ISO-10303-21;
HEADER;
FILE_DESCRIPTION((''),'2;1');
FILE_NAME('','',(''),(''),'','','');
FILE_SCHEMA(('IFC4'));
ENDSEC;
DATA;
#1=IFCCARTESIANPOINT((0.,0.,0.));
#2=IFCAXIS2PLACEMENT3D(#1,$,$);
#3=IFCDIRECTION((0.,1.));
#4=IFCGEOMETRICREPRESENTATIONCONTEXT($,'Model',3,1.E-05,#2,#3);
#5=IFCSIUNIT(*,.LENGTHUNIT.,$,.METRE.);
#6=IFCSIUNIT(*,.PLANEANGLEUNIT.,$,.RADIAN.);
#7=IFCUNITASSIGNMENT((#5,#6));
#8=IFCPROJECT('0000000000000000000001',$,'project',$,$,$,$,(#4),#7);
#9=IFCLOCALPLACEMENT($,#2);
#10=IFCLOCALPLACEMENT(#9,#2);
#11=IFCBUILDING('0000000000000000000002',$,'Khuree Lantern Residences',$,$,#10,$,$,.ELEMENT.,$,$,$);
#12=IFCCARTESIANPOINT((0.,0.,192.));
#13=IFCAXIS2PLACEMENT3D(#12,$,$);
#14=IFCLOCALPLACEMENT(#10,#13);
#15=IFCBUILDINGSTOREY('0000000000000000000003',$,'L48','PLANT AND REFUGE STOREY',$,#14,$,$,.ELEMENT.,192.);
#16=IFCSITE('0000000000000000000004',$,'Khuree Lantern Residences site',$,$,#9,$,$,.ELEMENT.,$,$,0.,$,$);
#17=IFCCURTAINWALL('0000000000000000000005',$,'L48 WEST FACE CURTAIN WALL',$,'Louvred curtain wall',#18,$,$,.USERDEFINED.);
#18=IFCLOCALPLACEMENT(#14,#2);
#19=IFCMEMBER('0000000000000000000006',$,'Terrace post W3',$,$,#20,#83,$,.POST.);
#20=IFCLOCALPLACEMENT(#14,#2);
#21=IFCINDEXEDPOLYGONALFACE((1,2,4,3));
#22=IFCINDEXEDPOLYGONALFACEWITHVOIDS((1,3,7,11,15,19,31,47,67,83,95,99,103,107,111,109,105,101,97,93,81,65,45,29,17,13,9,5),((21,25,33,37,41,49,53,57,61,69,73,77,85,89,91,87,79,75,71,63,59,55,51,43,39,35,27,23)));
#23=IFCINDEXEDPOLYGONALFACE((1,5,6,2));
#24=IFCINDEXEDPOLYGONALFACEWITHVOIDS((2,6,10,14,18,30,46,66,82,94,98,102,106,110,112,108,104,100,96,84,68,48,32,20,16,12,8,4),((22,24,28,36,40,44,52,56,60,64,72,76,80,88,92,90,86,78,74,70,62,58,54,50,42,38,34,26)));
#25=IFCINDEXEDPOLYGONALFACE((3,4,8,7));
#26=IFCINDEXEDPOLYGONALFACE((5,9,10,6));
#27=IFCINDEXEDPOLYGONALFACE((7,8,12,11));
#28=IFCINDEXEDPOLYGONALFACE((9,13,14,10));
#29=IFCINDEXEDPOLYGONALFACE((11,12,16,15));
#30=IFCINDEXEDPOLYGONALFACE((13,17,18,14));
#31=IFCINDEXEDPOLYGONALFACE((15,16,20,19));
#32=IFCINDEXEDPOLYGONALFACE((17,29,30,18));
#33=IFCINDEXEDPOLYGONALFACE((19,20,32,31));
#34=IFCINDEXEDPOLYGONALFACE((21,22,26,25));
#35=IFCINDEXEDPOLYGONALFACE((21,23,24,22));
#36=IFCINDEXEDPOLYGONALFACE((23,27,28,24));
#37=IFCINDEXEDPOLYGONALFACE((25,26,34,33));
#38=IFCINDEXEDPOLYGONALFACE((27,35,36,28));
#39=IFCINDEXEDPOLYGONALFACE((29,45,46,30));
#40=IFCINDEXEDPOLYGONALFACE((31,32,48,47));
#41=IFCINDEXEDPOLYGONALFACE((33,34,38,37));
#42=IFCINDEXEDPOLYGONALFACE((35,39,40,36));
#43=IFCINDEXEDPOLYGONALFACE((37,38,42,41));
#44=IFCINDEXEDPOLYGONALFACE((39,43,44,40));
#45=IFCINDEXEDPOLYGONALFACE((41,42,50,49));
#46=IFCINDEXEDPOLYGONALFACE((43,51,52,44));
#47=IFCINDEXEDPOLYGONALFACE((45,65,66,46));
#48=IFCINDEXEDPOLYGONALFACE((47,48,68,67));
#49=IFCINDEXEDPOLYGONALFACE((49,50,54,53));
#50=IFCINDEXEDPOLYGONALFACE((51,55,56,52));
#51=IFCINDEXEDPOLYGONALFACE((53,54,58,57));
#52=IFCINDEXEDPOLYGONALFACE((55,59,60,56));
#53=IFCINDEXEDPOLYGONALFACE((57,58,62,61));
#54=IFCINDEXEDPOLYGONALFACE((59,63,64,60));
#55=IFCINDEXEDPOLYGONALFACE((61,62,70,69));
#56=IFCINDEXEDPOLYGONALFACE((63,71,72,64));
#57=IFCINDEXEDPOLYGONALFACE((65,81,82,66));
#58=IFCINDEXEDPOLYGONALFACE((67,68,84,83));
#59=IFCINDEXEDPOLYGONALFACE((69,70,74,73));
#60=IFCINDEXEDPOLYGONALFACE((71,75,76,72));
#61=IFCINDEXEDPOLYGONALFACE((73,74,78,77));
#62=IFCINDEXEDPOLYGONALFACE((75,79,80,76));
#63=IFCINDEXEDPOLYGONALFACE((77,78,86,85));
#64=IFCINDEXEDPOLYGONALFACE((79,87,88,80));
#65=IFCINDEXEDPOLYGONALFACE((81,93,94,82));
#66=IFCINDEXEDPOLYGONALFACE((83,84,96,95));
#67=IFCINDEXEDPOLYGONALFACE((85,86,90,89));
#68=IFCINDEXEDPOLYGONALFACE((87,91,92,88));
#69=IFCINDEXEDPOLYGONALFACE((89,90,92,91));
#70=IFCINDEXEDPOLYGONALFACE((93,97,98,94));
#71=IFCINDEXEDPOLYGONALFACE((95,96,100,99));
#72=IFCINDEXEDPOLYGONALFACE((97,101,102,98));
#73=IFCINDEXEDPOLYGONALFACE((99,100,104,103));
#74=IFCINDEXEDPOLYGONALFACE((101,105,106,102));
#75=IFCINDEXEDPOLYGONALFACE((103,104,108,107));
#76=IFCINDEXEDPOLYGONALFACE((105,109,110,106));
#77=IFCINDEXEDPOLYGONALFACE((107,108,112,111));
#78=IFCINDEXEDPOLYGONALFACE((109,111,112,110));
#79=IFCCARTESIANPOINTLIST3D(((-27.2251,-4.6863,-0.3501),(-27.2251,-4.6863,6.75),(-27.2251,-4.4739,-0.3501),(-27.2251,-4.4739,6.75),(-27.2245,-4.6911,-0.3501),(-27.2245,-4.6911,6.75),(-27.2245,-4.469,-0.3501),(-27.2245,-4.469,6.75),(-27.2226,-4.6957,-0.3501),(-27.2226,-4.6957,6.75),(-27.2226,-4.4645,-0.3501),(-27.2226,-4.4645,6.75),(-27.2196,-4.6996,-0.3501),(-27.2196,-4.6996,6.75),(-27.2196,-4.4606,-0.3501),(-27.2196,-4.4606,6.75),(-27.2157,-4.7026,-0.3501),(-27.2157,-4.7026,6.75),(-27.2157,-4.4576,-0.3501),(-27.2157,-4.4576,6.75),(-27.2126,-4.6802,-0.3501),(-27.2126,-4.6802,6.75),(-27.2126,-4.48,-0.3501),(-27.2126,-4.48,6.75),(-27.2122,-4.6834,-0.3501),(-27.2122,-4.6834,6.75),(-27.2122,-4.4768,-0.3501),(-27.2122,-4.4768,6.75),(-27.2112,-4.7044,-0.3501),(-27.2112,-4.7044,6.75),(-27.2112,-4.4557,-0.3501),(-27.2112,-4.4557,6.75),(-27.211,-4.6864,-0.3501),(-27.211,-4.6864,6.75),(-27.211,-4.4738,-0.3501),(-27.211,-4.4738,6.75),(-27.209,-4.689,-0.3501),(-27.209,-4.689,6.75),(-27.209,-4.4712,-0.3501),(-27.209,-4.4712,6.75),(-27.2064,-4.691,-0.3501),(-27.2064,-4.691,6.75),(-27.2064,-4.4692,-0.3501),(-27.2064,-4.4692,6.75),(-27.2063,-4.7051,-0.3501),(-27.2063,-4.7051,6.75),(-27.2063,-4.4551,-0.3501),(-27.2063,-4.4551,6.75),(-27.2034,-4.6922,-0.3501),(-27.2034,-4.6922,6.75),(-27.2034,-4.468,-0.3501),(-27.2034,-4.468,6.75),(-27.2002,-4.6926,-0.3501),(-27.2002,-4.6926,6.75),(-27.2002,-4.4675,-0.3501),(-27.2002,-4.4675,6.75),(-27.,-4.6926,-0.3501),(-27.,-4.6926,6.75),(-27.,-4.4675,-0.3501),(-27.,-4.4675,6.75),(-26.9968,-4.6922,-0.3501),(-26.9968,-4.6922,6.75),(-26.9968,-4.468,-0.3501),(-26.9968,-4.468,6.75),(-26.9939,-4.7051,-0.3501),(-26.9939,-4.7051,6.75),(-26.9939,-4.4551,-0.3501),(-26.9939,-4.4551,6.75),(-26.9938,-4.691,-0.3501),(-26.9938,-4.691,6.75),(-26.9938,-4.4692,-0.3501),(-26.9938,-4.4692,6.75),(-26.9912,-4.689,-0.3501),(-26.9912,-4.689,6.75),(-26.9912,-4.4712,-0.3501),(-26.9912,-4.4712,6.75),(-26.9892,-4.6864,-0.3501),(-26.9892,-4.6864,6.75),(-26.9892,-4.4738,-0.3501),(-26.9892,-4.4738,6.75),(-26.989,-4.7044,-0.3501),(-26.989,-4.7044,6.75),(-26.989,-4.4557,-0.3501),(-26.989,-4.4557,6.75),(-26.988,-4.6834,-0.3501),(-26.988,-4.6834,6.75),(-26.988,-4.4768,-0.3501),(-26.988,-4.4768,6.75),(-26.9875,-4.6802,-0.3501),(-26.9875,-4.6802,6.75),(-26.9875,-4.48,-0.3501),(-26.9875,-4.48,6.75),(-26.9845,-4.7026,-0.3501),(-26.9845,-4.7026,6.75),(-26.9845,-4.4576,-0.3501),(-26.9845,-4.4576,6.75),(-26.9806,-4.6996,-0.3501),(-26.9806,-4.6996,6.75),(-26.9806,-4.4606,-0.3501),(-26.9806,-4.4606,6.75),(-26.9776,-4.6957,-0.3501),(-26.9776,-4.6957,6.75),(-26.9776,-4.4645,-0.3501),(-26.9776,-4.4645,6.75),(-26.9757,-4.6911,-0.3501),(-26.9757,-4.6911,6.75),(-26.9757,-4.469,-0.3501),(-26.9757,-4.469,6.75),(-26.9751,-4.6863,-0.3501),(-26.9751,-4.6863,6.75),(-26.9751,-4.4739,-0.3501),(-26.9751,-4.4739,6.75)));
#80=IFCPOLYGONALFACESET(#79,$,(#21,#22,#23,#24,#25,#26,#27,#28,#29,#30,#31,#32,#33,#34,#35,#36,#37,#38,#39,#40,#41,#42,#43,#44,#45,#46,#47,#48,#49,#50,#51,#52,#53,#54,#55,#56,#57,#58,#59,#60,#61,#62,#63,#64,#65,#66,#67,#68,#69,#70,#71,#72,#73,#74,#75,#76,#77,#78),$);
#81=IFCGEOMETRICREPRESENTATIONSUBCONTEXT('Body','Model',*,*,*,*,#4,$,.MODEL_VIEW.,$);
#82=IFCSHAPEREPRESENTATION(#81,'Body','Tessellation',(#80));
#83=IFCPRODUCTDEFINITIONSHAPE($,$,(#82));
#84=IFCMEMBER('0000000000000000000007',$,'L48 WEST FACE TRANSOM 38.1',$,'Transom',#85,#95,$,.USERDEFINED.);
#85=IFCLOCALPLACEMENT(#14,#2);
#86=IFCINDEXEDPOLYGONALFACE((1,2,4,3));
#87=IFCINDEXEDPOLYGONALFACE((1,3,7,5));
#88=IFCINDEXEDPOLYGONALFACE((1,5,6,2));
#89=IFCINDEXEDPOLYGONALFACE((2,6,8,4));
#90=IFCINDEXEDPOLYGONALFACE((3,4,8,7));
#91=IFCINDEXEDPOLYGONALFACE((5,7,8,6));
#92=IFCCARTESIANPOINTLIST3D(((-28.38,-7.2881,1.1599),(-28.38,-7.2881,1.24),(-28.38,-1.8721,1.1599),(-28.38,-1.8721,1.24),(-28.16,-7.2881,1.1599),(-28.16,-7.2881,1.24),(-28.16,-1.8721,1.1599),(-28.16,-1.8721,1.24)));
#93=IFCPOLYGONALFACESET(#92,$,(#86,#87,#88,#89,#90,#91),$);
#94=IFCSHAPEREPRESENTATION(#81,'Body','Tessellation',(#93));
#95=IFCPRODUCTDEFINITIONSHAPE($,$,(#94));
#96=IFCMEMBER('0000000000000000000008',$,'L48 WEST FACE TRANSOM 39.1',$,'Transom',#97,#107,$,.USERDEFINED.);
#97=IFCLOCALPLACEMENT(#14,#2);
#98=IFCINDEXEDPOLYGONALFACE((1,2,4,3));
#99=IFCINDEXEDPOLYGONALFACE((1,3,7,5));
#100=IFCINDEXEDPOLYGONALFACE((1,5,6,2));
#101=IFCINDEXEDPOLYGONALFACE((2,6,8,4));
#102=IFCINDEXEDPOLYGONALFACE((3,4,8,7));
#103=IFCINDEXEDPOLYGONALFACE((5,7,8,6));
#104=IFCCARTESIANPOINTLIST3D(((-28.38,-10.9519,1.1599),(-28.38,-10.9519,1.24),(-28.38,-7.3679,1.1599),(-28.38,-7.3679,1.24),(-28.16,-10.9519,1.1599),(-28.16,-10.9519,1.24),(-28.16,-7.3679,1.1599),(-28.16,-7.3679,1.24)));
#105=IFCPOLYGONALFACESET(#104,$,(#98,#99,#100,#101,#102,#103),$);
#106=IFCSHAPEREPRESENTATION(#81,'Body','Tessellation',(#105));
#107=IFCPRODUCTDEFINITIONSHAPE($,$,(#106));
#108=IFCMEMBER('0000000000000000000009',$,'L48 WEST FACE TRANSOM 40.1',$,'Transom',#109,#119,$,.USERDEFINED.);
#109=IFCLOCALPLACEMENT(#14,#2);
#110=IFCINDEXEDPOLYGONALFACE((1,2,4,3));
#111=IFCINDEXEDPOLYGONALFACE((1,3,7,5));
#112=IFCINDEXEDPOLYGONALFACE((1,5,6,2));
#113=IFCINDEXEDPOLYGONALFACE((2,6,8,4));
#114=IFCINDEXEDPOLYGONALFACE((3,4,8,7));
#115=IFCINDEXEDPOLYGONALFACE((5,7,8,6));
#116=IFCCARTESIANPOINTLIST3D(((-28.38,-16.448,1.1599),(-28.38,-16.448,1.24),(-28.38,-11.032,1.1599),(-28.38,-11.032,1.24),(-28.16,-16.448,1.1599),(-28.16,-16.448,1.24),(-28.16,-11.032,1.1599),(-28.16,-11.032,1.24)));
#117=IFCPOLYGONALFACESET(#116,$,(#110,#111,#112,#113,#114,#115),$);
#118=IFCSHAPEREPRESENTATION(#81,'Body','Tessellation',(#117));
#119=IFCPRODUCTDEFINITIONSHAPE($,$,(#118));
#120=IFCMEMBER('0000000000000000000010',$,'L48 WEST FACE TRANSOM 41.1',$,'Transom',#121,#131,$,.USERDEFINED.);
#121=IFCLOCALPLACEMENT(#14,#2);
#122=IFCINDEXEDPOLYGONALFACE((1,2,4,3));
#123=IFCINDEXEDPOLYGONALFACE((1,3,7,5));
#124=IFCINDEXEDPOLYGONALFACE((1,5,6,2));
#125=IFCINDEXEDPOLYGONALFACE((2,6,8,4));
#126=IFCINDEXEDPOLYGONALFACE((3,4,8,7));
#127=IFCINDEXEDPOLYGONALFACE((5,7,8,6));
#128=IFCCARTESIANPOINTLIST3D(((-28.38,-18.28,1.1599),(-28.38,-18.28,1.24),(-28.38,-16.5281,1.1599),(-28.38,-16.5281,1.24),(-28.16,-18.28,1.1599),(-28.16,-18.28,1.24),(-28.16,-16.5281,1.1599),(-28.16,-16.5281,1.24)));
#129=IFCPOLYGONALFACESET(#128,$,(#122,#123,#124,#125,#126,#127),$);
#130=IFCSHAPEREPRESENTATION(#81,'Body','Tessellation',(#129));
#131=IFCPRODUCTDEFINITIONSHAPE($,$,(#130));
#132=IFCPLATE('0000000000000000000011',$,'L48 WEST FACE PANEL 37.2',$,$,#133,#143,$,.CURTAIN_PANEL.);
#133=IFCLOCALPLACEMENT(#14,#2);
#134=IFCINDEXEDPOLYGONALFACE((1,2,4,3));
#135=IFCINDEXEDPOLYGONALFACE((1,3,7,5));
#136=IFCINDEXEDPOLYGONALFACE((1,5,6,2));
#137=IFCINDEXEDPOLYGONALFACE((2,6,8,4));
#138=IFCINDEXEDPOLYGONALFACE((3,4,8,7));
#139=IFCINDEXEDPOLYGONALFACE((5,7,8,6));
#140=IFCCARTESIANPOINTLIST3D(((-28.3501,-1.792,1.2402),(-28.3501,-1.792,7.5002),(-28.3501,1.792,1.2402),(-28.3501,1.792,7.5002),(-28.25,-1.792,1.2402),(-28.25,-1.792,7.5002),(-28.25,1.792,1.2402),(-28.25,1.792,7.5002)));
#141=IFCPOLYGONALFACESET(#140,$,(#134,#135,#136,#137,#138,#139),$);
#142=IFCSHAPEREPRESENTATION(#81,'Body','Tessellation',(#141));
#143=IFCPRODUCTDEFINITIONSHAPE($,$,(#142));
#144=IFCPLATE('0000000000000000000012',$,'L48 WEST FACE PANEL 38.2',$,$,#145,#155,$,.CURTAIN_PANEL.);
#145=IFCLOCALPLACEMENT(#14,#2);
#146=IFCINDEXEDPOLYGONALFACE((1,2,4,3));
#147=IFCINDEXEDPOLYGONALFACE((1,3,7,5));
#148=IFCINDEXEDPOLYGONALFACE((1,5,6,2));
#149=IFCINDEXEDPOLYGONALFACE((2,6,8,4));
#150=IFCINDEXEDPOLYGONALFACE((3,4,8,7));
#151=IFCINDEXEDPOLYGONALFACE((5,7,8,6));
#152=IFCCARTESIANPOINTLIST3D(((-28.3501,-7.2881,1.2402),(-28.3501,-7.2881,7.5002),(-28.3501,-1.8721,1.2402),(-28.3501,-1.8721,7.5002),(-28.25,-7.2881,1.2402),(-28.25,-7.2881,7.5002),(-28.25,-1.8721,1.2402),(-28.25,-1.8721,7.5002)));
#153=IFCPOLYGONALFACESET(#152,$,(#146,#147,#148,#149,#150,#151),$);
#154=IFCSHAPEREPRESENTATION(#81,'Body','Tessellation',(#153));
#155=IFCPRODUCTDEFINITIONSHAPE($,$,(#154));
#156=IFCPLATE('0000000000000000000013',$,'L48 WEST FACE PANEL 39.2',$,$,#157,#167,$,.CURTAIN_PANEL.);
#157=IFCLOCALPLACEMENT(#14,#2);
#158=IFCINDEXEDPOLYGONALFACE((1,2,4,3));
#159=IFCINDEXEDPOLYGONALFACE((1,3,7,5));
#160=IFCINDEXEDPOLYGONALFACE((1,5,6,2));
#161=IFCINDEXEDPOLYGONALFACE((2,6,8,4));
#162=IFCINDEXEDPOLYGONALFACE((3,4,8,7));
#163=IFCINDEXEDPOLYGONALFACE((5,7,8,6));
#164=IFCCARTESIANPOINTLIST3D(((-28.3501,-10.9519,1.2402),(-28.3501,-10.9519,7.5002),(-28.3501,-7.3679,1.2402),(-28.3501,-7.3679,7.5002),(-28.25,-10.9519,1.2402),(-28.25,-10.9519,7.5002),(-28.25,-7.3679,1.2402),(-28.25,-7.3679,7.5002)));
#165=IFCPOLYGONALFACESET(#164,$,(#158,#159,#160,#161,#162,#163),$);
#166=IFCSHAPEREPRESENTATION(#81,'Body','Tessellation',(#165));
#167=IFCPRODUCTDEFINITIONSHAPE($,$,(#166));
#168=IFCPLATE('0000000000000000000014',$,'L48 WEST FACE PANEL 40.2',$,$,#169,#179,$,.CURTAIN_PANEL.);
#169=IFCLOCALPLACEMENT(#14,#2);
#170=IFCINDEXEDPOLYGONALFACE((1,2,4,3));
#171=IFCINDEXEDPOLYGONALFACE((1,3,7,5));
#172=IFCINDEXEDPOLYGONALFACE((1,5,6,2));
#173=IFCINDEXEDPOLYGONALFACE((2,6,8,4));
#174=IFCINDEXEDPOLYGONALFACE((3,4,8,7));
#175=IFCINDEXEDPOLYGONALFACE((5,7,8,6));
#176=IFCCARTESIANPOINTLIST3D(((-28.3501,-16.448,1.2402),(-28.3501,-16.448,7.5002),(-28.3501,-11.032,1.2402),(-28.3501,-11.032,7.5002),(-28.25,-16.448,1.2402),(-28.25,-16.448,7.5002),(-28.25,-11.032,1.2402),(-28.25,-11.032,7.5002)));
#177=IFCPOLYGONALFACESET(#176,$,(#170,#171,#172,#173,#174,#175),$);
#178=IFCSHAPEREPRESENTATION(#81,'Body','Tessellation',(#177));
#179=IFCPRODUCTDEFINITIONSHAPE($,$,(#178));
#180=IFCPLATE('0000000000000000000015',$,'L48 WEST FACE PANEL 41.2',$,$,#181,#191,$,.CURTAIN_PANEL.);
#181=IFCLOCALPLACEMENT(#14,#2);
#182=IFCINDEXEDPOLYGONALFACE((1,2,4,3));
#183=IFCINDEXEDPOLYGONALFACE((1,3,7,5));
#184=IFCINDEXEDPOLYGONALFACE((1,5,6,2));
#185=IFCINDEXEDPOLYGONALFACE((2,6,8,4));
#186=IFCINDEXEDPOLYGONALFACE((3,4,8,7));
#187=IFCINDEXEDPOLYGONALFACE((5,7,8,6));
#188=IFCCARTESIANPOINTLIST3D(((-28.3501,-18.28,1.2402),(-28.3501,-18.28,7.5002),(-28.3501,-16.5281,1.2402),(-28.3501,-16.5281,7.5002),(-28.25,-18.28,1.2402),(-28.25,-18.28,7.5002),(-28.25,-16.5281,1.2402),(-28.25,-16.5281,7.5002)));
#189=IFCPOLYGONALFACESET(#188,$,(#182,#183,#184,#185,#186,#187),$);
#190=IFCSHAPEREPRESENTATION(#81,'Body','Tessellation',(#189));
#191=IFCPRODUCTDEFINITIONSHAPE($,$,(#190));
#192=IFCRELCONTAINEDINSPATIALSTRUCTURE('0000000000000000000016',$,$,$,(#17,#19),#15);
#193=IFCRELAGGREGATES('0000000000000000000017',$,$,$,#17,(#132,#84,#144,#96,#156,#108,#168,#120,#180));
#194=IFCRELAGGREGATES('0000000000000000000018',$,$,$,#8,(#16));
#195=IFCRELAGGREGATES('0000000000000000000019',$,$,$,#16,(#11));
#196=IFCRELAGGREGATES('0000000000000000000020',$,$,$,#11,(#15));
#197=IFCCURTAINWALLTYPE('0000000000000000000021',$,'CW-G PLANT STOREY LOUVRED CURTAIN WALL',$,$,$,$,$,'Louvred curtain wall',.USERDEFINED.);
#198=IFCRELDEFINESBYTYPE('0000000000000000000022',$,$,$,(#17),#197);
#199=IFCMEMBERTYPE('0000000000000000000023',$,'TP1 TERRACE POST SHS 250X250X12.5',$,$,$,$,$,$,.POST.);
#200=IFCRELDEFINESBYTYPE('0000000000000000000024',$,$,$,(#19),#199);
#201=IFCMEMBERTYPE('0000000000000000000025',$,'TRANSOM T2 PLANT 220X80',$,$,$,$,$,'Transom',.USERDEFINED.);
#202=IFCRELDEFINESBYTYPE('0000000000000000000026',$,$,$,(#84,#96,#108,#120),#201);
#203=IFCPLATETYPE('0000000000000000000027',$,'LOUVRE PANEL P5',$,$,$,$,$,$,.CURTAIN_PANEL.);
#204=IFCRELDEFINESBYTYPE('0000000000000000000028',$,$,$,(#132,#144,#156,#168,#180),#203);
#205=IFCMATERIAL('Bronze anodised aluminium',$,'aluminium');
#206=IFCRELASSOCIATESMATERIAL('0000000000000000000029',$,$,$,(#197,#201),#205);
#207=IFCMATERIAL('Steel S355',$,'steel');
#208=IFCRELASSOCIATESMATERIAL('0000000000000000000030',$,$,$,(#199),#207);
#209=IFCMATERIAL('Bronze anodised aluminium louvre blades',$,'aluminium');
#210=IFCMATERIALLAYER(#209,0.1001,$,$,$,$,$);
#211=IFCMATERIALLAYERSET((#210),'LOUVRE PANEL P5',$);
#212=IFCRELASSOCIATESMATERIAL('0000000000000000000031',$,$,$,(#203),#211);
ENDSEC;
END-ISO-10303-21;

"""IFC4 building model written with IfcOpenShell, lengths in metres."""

from ifc_helpers import new_model, si_unit, direction, frame, origin, origin_2d, place, context, subcontext, project, spatial, rectangle, hollow_rectangle, extrude, material, layer, layer_set, material_profile, profile_set, type_object, element, aggregate, save


model = new_model("IFC4")

# Units and contexts
model_context = context("Model", 3, precision=1e-05, world=origin(), true_north=direction((0.0, 1.0)))
body_context = subcontext(model_context, "Body", "Model", "MODEL_VIEW")
ifc_project = project(units=[si_unit("LENGTHUNIT", "METRE"), si_unit("PLANEANGLEUNIT", "RADIAN")], contexts=[model_context])

# Site, building, storey
site_placement = place(None, origin())
site = spatial("IfcSite", under=ifc_project, at=site_placement, Name="Khuree Lantern Residences site", CompositionType="ELEMENT", RefElevation=0.0)
building_placement = place(site_placement, origin())
building = spatial("IfcBuilding", under=site, at=building_placement, Name="Khuree Lantern Residences", CompositionType="ELEMENT")
storey_placement = place(building_placement, frame((0.0, 0.0, 192.0)))
storey = spatial("IfcBuildingStorey", under=building, at=storey_placement, Name="L48", Description="PLANT AND REFUGE STOREY", CompositionType="ELEMENT", Elevation=192.0)

# Shared definitions
ifc_material_1 = material(Name="Steel S355", Category="steel")

# Curtain wall
ifc_material_2 = material(Name="Bronze anodised aluminium", Category="aluminium")
curtain_wall_type = type_object("IfcCurtainWallType", Name="CW-G PLANT STOREY LOUVRED CURTAIN WALL", ElementType="Louvred curtain wall", PredefinedType="USERDEFINED", material=ifc_material_2)
curtain_wall_placement = place(storey_placement, origin())
curtain_wall = element("IfcCurtainWall", 1, at=curtain_wall_placement, inside=storey, type_object=curtain_wall_type, Name="L48 WEST FACE CURTAIN WALL", ObjectType="Louvred curtain wall", PredefinedType="USERDEFINED")

# Member
ifc_material_profile_1 = material_profile(ifc_material_1, hollow_rectangle(XDim=0.25, YDim=0.25, WallThickness=0.0125, InnerFilletRadius=0.0125, OuterFilletRadius=0.0188, at=origin_2d()), Name="SHS 250X250X12.5")
ifc_profile_set_1 = profile_set([ifc_material_profile_1], Name="Steel S355")
member_type_1 = type_object("IfcMemberType", Name="TP1 TERRACE POST SHS 250X250X12.5", PredefinedType="POST", material=ifc_profile_set_1)
for number, where, z_axis, x_axis, name in (
    (2, (-27.1001, -4.5801, -0.3501), (0.0, 0.0, 1.0), (1.0, 0.0, 0.0), "Terrace post W3"),
):
    element("IfcMember", number, at=place(storey_placement, frame(where, z_axis=z_axis, x_axis=x_axis)), inside=storey, type_object=member_type_1, Name=name, PredefinedType="POST", context=body_context, shape_type="SweptSolid", body=[
        extrude(hollow_rectangle(XDim=0.25, YDim=0.25, WallThickness=0.0125, InnerFilletRadius=0.0125, OuterFilletRadius=0.0188, at=origin_2d()), origin(), (0.0, 0.0, 1.0), 7.1001),
    ])

# Members
ifc_material_profile_2 = material_profile(ifc_material_2, rectangle(XDim=0.22, YDim=0.0801, at=origin_2d()), Name="T2 220X80")
ifc_profile_set_2 = profile_set([ifc_material_profile_2], Name="Bronze anodised aluminium")
member_type_2 = type_object("IfcMemberType", Name="TRANSOM T2 PLANT 220X80", ElementType="Transom", PredefinedType="USERDEFINED", material=ifc_profile_set_2)
member_1_placement = place(storey_placement, frame((-28.27, -1.8721, 1.2), z_axis=(0.0, -1.0, 0.0), x_axis=(1.0, 0.0, 0.0)))
member_1 = element("IfcMember", 3, at=member_1_placement, type_object=member_type_2, Name="L48 WEST FACE TRANSOM 38.1", ObjectType="Transom", PredefinedType="USERDEFINED", context=body_context, shape_type="SweptSolid", body=[
    extrude(rectangle(XDim=0.22, YDim=0.0801, at=origin_2d()), origin(), (0.0, 0.0, 1.0), 5.416),
])
member_2_placement = place(storey_placement, frame((-28.27, -7.3679, 1.2), z_axis=(0.0, -1.0, 0.0), x_axis=(1.0, 0.0, 0.0)))
member_2 = element("IfcMember", 4, at=member_2_placement, type_object=member_type_2, Name="L48 WEST FACE TRANSOM 39.1", ObjectType="Transom", PredefinedType="USERDEFINED", context=body_context, shape_type="SweptSolid", body=[
    extrude(rectangle(XDim=0.22, YDim=0.0801, at=origin_2d()), origin(), (0.0, 0.0, 1.0), 3.584),
])
member_3_placement = place(storey_placement, frame((-28.27, -11.032, 1.2), z_axis=(0.0, -1.0, 0.0), x_axis=(1.0, 0.0, 0.0)))
member_3 = element("IfcMember", 5, at=member_3_placement, type_object=member_type_2, Name="L48 WEST FACE TRANSOM 40.1", ObjectType="Transom", PredefinedType="USERDEFINED", context=body_context, shape_type="SweptSolid", body=[
    extrude(rectangle(XDim=0.22, YDim=0.0801, at=origin_2d()), origin(), (0.0, 0.0, 1.0), 5.416),
])
member_4_placement = place(storey_placement, frame((-28.27, -16.5281, 1.2), z_axis=(0.0, -1.0, 0.0), x_axis=(1.0, 0.0, 0.0)))
member_4 = element("IfcMember", 6, at=member_4_placement, type_object=member_type_2, Name="L48 WEST FACE TRANSOM 41.1", ObjectType="Transom", PredefinedType="USERDEFINED", context=body_context, shape_type="SweptSolid", body=[
    extrude(rectangle(XDim=0.22, YDim=0.0801, at=origin_2d()), origin(), (0.0, 0.0, 1.0), 1.752),
])

# Plates
ifc_material_3 = material(Name="Bronze anodised aluminium louvre blades", Category="aluminium")
ifc_layer_1 = layer(ifc_material_3, 0.1001)
ifc_layer_set_1 = layer_set([ifc_layer_1], Name="LOUVRE PANEL P5")
plate_type_1 = type_object("IfcPlateType", Name="LOUVRE PANEL P5", PredefinedType="CURTAIN_PANEL", material=ifc_layer_set_1)
plate_1_placement = place(storey_placement, frame((-28.3, 0.0, 1.2402), z_axis=(0.0, 0.0, 1.0), x_axis=(0.0, -1.0, 0.0)))
plate_1 = element("IfcPlate", 7, at=plate_1_placement, type_object=plate_type_1, Name="L48 WEST FACE PANEL 37.2", PredefinedType="CURTAIN_PANEL", context=body_context, shape_type="SweptSolid", body=[
    extrude(rectangle(XDim=3.584, YDim=0.1001, at=origin_2d()), origin(), (0.0, 0.0, 1.0), 6.26),
])
plate_2_placement = place(storey_placement, frame((-28.3, -4.5801, 1.2402), z_axis=(0.0, 0.0, 1.0), x_axis=(0.0, -1.0, 0.0)))
plate_2 = element("IfcPlate", 8, at=plate_2_placement, type_object=plate_type_1, Name="L48 WEST FACE PANEL 38.2", PredefinedType="CURTAIN_PANEL", context=body_context, shape_type="SweptSolid", body=[
    extrude(rectangle(XDim=5.416, YDim=0.1001, at=origin_2d()), origin(), (0.0, 0.0, 1.0), 6.26),
])
plate_3_placement = place(storey_placement, frame((-28.3, -9.1599, 1.2402), z_axis=(0.0, 0.0, 1.0), x_axis=(0.0, -1.0, 0.0)))
plate_3 = element("IfcPlate", 9, at=plate_3_placement, type_object=plate_type_1, Name="L48 WEST FACE PANEL 39.2", PredefinedType="CURTAIN_PANEL", context=body_context, shape_type="SweptSolid", body=[
    extrude(rectangle(XDim=3.584, YDim=0.1001, at=origin_2d()), origin(), (0.0, 0.0, 1.0), 6.26),
])
plate_4_placement = place(storey_placement, frame((-28.3, -13.74, 1.2402), z_axis=(0.0, 0.0, 1.0), x_axis=(0.0, -1.0, 0.0)))
plate_4 = element("IfcPlate", 10, at=plate_4_placement, type_object=plate_type_1, Name="L48 WEST FACE PANEL 40.2", PredefinedType="CURTAIN_PANEL", context=body_context, shape_type="SweptSolid", body=[
    extrude(rectangle(XDim=5.416, YDim=0.1001, at=origin_2d()), origin(), (0.0, 0.0, 1.0), 6.26),
])
plate_5_placement = place(storey_placement, frame((-28.3, -17.4041, 1.2402), z_axis=(0.0, 0.0, 1.0), x_axis=(0.0, -1.0, 0.0)))
plate_5 = element("IfcPlate", 11, at=plate_5_placement, type_object=plate_type_1, Name="L48 WEST FACE PANEL 41.2", PredefinedType="CURTAIN_PANEL", context=body_context, shape_type="SweptSolid", body=[
    extrude(rectangle(XDim=1.752, YDim=0.1001, at=origin_2d()), origin(), (0.0, 0.0, 1.0), 6.26),
])
aggregate(curtain_wall, [plate_1, member_1, plate_2, member_2, plate_3, member_3, plate_4, member_4, plate_5])

save(model, "model.ifc")
